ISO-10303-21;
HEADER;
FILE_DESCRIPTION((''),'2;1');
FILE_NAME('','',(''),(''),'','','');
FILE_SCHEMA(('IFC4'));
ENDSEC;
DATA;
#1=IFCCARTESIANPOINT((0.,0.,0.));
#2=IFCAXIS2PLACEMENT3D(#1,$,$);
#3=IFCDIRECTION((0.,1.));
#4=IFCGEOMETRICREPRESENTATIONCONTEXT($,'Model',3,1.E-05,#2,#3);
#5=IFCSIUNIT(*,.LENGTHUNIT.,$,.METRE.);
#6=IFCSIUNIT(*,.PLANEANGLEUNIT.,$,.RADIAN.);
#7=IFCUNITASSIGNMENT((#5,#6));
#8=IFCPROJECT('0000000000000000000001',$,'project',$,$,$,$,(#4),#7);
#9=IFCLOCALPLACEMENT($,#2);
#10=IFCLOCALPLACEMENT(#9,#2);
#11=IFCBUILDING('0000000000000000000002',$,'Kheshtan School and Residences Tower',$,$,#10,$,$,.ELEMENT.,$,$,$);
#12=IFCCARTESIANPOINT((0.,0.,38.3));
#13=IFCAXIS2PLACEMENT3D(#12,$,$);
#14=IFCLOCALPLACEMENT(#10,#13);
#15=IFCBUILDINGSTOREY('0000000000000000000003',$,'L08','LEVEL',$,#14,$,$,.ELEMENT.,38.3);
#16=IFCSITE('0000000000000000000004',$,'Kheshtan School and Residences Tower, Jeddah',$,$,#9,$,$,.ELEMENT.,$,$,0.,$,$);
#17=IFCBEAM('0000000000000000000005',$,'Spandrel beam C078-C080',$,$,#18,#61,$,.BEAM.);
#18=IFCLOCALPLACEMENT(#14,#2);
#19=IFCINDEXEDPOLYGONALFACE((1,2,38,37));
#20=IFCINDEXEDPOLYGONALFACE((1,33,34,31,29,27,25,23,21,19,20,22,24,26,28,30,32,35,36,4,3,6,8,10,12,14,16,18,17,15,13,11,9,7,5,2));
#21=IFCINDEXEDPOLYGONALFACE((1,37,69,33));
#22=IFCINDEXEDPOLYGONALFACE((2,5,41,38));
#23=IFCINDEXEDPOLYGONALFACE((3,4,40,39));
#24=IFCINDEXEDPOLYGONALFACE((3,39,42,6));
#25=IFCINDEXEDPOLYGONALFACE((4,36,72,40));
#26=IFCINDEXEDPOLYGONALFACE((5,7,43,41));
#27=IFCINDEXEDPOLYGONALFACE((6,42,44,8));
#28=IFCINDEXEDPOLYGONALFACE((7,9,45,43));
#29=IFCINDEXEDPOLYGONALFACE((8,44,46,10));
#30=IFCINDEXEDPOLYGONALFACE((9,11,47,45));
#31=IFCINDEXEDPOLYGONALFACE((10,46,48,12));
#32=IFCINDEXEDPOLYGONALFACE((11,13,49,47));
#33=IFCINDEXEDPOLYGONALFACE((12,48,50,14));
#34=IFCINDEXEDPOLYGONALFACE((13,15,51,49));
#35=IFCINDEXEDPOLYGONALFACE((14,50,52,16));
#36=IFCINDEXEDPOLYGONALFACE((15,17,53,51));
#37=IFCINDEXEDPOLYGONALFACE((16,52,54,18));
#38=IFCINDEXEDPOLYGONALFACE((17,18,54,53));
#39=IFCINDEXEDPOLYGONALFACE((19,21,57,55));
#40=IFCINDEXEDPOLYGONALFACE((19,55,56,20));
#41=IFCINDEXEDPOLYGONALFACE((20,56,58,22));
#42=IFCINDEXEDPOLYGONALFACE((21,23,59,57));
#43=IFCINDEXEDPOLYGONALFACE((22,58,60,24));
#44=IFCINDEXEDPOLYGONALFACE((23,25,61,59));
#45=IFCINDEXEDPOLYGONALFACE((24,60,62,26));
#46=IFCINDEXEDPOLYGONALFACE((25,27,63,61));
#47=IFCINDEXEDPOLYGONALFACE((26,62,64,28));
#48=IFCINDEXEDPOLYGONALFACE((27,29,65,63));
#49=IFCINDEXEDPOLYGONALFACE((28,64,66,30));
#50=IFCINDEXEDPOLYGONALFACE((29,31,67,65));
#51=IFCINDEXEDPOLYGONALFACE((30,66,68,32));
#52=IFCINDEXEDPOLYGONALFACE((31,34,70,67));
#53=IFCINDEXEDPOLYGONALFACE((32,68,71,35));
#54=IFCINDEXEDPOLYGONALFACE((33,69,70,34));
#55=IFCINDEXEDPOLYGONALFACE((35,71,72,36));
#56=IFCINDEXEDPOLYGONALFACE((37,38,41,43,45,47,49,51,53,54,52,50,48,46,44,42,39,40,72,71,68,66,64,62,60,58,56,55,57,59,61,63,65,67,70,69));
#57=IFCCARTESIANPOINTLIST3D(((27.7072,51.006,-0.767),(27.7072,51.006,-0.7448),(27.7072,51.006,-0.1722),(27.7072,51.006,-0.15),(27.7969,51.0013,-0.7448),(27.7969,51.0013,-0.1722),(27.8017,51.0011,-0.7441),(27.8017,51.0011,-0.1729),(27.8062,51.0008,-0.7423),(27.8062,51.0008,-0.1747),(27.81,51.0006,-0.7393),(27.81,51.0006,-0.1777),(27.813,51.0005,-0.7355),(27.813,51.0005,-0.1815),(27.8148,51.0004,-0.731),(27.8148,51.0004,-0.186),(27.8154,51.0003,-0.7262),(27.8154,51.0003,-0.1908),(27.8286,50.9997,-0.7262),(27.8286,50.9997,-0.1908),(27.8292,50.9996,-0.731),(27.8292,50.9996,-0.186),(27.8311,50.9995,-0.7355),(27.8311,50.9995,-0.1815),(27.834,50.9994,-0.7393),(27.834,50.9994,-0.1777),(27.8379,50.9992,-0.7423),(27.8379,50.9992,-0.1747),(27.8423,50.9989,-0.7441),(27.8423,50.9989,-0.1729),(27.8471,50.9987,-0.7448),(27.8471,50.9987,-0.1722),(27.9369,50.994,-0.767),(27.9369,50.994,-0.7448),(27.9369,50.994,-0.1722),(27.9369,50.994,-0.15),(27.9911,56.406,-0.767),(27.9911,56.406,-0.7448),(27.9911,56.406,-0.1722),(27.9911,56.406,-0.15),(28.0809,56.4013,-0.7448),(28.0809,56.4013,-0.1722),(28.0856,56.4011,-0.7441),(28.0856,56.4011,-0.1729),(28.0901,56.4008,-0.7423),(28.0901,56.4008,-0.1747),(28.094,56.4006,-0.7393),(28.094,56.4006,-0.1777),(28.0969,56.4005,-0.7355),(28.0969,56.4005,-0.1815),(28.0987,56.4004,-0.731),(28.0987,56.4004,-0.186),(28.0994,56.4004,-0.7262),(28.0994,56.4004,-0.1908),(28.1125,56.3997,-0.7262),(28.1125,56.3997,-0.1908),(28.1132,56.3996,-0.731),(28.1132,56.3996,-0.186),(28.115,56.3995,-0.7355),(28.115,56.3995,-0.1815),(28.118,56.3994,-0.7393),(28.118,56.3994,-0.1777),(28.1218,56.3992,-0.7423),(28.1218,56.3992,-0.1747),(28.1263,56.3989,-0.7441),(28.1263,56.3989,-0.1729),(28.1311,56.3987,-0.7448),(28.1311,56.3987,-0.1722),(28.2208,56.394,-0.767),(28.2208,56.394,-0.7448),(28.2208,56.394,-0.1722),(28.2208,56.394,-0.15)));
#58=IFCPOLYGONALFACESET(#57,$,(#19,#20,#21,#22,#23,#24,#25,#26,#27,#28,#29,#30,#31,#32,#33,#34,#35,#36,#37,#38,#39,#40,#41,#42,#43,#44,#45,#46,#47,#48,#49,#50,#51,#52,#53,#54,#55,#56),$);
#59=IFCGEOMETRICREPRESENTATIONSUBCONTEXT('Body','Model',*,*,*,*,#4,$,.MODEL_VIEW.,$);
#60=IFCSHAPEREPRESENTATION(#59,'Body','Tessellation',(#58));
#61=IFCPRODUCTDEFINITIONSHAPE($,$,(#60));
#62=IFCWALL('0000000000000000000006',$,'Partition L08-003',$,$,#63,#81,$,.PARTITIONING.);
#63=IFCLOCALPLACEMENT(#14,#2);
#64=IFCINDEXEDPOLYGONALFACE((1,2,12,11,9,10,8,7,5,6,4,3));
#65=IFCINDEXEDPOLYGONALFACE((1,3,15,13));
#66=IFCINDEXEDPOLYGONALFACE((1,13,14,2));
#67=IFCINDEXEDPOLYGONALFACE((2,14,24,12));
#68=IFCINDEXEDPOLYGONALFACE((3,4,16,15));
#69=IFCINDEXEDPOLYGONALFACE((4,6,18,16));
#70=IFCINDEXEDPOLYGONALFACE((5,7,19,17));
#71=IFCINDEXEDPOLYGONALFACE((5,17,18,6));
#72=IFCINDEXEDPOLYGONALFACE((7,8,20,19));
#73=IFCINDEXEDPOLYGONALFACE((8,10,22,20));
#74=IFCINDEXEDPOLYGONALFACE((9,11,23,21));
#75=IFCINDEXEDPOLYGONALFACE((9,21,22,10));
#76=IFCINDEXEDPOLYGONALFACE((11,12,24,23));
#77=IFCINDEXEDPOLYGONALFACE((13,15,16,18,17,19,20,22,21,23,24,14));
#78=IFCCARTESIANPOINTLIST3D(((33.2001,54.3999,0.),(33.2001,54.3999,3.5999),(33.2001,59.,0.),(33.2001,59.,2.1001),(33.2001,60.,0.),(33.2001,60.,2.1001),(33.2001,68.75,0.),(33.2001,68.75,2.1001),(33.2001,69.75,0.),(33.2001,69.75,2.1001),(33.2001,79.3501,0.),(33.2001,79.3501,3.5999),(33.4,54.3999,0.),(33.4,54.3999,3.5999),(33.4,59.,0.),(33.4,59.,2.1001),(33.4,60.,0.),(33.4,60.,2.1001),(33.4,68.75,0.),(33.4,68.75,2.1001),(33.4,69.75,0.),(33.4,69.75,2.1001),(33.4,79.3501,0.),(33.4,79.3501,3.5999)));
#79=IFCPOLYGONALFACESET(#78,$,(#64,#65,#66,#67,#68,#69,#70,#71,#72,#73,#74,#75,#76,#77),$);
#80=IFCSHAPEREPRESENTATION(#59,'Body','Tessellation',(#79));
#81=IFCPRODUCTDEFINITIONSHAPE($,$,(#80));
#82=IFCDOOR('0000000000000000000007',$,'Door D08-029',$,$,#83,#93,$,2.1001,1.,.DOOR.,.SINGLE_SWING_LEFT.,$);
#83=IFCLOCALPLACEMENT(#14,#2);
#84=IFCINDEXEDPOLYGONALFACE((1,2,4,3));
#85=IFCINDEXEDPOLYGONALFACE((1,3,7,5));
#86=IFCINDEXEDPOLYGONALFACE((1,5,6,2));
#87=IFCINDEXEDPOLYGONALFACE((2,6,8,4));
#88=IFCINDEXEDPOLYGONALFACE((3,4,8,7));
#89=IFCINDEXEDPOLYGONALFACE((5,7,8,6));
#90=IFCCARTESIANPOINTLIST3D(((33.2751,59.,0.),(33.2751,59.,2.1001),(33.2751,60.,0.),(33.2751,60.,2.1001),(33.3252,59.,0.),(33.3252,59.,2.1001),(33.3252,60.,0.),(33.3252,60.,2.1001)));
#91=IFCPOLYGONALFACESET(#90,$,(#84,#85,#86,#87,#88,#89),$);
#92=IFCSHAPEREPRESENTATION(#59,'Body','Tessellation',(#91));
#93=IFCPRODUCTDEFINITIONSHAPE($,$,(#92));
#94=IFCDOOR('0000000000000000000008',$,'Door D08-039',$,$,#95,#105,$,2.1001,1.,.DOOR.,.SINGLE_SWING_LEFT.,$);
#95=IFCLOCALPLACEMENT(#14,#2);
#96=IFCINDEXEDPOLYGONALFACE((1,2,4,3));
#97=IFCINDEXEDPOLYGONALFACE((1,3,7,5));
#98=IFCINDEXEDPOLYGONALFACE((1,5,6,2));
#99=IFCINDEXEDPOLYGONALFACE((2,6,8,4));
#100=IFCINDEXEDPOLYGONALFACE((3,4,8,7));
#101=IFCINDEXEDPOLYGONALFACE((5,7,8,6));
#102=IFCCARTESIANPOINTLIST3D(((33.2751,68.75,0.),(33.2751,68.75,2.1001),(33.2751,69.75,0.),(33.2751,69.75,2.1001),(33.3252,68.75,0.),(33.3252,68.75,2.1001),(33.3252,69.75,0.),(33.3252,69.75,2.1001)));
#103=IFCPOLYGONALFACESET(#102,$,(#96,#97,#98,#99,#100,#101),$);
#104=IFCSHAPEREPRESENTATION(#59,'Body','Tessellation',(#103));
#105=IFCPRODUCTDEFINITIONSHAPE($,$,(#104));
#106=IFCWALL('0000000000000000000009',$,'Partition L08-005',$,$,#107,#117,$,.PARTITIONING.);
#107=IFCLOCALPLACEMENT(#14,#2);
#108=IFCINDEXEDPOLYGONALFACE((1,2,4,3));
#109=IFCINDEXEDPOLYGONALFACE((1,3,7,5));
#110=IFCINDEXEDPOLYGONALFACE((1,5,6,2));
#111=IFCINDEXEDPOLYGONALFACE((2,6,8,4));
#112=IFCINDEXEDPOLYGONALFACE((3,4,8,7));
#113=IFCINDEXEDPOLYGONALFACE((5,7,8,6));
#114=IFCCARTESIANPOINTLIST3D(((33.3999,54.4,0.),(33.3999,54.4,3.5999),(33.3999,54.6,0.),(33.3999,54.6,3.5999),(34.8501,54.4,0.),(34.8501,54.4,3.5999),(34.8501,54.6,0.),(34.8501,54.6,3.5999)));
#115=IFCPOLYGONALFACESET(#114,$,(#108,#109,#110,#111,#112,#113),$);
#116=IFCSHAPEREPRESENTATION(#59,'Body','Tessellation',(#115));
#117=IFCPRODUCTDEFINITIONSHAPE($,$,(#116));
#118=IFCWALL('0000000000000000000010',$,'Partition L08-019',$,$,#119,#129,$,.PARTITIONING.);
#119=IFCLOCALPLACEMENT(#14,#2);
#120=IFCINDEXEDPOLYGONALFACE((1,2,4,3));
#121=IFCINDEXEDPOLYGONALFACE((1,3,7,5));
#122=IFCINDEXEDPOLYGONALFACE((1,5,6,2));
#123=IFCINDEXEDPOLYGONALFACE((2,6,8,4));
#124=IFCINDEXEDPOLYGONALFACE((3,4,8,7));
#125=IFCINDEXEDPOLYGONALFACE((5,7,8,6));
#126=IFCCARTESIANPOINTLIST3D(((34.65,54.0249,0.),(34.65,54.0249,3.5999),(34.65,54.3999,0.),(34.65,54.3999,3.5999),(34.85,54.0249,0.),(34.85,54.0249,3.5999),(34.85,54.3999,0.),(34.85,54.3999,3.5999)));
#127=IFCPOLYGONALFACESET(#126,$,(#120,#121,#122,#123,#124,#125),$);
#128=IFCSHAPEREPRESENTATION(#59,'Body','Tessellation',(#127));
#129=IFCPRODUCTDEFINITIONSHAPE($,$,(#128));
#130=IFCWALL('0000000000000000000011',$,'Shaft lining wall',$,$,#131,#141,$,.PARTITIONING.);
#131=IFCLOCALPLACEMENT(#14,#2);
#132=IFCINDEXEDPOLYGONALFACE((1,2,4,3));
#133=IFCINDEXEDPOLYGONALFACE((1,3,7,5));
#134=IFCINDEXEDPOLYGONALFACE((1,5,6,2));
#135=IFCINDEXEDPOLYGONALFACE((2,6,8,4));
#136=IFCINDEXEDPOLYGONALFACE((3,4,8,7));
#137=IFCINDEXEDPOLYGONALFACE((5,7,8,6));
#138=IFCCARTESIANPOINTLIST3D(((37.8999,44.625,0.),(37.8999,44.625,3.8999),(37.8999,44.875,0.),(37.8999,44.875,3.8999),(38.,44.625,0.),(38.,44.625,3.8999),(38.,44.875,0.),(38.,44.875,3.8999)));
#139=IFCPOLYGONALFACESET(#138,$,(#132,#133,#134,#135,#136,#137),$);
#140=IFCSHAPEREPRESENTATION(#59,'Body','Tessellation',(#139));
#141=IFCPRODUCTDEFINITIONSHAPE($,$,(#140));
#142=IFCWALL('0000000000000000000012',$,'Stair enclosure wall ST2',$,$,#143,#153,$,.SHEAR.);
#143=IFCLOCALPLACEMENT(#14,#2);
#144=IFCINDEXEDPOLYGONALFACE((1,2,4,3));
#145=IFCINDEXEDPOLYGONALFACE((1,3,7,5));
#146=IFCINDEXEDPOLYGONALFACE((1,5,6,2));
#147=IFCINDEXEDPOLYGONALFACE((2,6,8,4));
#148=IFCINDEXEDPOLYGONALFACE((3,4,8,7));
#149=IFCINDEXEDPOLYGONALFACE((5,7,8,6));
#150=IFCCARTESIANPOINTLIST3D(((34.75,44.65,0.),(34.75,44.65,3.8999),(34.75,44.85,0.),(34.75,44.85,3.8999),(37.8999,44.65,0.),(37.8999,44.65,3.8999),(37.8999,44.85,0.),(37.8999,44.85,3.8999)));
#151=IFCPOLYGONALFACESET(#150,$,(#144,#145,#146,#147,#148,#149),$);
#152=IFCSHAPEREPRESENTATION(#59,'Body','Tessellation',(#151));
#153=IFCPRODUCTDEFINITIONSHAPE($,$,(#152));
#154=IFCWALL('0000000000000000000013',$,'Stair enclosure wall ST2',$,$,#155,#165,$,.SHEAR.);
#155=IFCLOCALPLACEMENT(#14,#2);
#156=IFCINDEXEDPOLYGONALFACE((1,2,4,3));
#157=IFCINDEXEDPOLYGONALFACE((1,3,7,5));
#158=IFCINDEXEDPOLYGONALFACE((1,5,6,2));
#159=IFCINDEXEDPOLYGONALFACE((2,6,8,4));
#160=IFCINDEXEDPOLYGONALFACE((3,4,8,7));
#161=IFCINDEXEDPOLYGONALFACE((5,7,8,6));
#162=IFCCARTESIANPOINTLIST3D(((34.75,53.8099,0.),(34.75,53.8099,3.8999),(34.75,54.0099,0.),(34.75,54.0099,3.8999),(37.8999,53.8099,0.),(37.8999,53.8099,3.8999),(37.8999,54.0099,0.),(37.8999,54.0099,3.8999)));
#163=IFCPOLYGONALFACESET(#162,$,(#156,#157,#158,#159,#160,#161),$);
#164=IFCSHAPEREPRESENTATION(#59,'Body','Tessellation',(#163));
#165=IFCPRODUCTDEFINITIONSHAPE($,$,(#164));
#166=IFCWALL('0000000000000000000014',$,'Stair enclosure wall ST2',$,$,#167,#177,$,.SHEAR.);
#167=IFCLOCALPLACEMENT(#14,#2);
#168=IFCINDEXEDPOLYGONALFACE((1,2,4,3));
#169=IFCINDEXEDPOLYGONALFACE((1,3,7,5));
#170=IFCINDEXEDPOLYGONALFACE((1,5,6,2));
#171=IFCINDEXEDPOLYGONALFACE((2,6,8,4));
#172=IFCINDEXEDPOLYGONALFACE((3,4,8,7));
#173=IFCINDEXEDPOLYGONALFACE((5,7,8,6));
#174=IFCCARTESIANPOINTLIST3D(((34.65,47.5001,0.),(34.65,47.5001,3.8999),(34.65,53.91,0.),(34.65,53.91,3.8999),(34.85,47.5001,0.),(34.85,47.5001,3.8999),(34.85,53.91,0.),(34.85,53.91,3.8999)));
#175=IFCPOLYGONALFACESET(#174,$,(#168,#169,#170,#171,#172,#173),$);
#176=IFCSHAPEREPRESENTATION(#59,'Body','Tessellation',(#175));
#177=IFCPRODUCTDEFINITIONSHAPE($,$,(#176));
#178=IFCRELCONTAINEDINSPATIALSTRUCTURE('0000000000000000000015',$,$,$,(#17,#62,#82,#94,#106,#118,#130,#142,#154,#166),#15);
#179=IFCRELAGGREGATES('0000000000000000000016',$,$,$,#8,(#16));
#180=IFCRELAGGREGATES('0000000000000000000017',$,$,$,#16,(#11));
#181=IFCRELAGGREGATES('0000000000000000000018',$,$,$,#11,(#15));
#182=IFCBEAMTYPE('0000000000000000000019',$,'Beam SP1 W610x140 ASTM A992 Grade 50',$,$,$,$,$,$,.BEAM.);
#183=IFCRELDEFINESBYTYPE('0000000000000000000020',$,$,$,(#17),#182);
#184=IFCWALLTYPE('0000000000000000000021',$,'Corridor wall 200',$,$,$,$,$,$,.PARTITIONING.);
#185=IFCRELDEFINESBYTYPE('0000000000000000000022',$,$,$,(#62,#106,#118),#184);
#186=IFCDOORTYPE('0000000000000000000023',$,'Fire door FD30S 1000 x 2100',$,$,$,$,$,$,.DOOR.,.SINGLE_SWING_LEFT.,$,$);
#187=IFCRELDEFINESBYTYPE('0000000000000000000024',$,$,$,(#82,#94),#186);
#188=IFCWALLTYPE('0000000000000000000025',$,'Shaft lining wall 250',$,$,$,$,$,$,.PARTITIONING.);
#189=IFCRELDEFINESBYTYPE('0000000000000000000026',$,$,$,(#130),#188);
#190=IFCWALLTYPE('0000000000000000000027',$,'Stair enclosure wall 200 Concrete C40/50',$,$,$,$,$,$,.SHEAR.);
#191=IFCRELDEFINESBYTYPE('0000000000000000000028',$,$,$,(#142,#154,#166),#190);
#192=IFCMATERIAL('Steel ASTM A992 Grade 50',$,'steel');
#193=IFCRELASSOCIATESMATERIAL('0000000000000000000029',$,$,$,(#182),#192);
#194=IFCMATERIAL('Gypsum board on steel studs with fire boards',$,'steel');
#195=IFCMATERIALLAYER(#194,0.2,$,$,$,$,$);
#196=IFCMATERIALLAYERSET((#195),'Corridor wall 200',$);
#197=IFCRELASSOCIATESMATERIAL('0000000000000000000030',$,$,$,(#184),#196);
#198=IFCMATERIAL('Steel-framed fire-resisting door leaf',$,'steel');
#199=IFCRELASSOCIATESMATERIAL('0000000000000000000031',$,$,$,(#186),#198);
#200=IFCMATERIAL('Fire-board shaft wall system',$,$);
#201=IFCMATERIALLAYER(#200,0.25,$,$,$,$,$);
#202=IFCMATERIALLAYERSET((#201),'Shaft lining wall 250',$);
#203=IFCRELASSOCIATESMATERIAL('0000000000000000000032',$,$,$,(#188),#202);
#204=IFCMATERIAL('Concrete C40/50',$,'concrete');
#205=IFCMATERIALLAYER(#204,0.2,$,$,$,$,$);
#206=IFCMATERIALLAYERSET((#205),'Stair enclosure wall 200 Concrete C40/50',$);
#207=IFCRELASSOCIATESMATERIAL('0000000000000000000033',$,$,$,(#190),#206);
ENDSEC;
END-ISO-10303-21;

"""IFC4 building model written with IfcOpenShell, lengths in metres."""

from ifc_helpers import new_model, si_unit, direction, frame, frame_2d, origin, origin_2d, place, context, subcontext, project, spatial, rectangle, i_section, extrude, source, transform, mapped, material, layer, layer_set, material_profile, profile_set, type_object, element, fill, save


model = new_model("IFC4")

# Units and contexts
model_context = context("Model", 3, precision=1e-05, world=origin(), true_north=direction((0.0, 1.0)))
body_context = subcontext(model_context, "Body", "Model", "MODEL_VIEW")
ifc_project = project(units=[si_unit("LENGTHUNIT", "METRE"), si_unit("PLANEANGLEUNIT", "RADIAN")], contexts=[model_context])

# Site, building, storey
site_placement = place(None, origin())
site = spatial("IfcSite", under=ifc_project, at=site_placement, Name="Kheshtan School and Residences Tower, Jeddah", CompositionType="ELEMENT", RefElevation=0.0)
building_placement = place(site_placement, origin())
building = spatial("IfcBuilding", under=site, at=building_placement, Name="Kheshtan School and Residences Tower", CompositionType="ELEMENT")
storey_placement = place(building_placement, frame((0.0, 0.0, 38.3)))
storey = spatial("IfcBuildingStorey", under=building, at=storey_placement, Name="L08", Description="LEVEL", CompositionType="ELEMENT", Elevation=38.3)

# Shared definitions
ifc_material_1 = material(Name="Steel ASTM A992 Grade 50", Category="steel")

# Beam
ifc_material_profile_1 = material_profile(ifc_material_1, i_section(OverallWidth=0.23, OverallDepth=0.6169, WebThickness=0.0132, FlangeThickness=0.0222, FilletRadius=0.0186, at=origin_2d()), Name="W610x140")
ifc_profile_set_1 = profile_set([ifc_material_profile_1], Name="Steel ASTM A992 Grade 50")
beam_type_1 = type_object("IfcBeamType", Name="Beam SP1 W610x140 ASTM A992 Grade 50", PredefinedType="BEAM", material=ifc_profile_set_1)
for number, where, z_axis, x_axis, name in (
    (1, (27.822, 51.0, -0.4585), (0.052509, 0.99862, 0.0), (-0.99862, 0.052509, 0.0), "Spandrel beam C078-C080"),
):
    element("IfcBeam", number, at=place(storey_placement, frame(where, z_axis=z_axis, x_axis=x_axis)), inside=storey, type_object=beam_type_1, Name=name, PredefinedType="BEAM", context=body_context, shape_type="SweptSolid", body=[
        extrude(i_section(OverallWidth=0.23, OverallDepth=0.6169, WebThickness=0.0132, FlangeThickness=0.0222, FilletRadius=0.0186, at=origin_2d()), origin(), (0.0, 0.0, 1.0), 5.4075),
    ])

# Wall, openings, doors
ifc_material_2 = material(Name="Gypsum board on steel studs with fire boards", Category="steel")
ifc_layer_1 = layer(ifc_material_2, 0.2)
ifc_layer_set_1 = layer_set([ifc_layer_1], Name="Corridor wall 200")
wall_type_1 = type_object("IfcWallType", Name="Corridor wall 200", PredefinedType="PARTITIONING", material=ifc_layer_set_1)
wall_1_placement = place(storey_placement, frame((33.3, 54.3999, 0.0), z_axis=(0.0, 0.0, 1.0), x_axis=(0.0, 1.0, 0.0)))
wall_1 = element("IfcWall", 2, at=wall_1_placement, inside=storey, type_object=wall_type_1, Name="Partition L08-003", PredefinedType="PARTITIONING", context=body_context, shape_type="SweptSolid", body=[
    extrude(rectangle(XDim=24.9502, YDim=0.2, at=frame_2d((12.4751, 0.0))), origin(), (0.0, 0.0, 1.0), 3.5999),
])
opening_1_placement = place(wall_1_placement, frame((4.6001, 0.0, 0.0)))
opening_1 = element("IfcOpeningElement", 3, at=opening_1_placement, cuts=wall_1, PredefinedType="OPENING", context=body_context, shape_type="SweptSolid", body=[
    extrude(rectangle(XDim=1.0, YDim=2.1001, at=frame_2d((0.5, 1.05))), frame((0.0, 0.1099, 0.0), z_axis=(0.0, -1.0, 0.0), x_axis=(1.0, 0.0, 0.0)), (0.0, 0.0, 1.0), 0.22),
])
opening_2_placement = place(wall_1_placement, frame((14.3501, 0.0, 0.0)))
opening_2 = element("IfcOpeningElement", 4, at=opening_2_placement, cuts=wall_1, PredefinedType="OPENING", context=body_context, shape_type="SweptSolid", body=[
    extrude(rectangle(XDim=1.0, YDim=2.1001, at=frame_2d((0.5, 1.05))), frame((0.0, 0.1099, 0.0), z_axis=(0.0, -1.0, 0.0), x_axis=(1.0, 0.0, 0.0)), (0.0, 0.0, 1.0), 0.22),
])
ifc_material_3 = material(Name="Steel-framed fire-resisting door leaf", Category="steel")
door_type_1 = type_object("IfcDoorType", Name="Fire door FD30S 1000 x 2100", OperationType="SINGLE_SWING_LEFT", PredefinedType="DOOR", material=ifc_material_3)
shared_shape_1 = source(origin(), body_context, "Body", "SweptSolid", [
    extrude(rectangle(XDim=1.0, YDim=2.1001, at=frame_2d((0.5, 1.05))), frame((0.0, 0.0249, 0.0), z_axis=(0.0, -1.0, 0.0), x_axis=(1.0, 0.0, 0.0)), (0.0, 0.0, 1.0), 0.05),
])
door_1_placement = place(opening_1_placement, origin())
door_1 = element("IfcDoor", 5, at=door_1_placement, inside=storey, type_object=door_type_1, Name="Door D08-029", OperationType="SINGLE_SWING_LEFT", OverallHeight=2.1001, OverallWidth=1.0, PredefinedType="DOOR", context=body_context, shape_type="MappedRepresentation", body=[
    mapped(shared_shape_1, transform((0.0, 0.0, 0.0), x_axis=(1.0, 0.0, 0.0), y_axis=(0.0, 1.0, 0.0), z_axis=(0.0, 0.0, 1.0), scale=1.0)),
])
fill(opening_1, door_1)
door_2_placement = place(opening_2_placement, origin())
door_2 = element("IfcDoor", 6, at=door_2_placement, inside=storey, type_object=door_type_1, Name="Door D08-039", OperationType="SINGLE_SWING_LEFT", OverallHeight=2.1001, OverallWidth=1.0, PredefinedType="DOOR", context=body_context, shape_type="MappedRepresentation", body=[
    mapped(shared_shape_1, transform((0.0, 0.0, 0.0), x_axis=(1.0, 0.0, 0.0), y_axis=(0.0, 1.0, 0.0), z_axis=(0.0, 0.0, 1.0), scale=1.0)),
])
fill(opening_2, door_2)

# Walls
wall_2_placement = place(storey_placement, frame((33.3999, 54.5, 0.0), z_axis=(0.0, 0.0, 1.0), x_axis=(1.0, 0.0, 0.0)))
element("IfcWall", 7, at=wall_2_placement, inside=storey, type_object=wall_type_1, Name="Partition L08-005", PredefinedType="PARTITIONING", context=body_context, shape_type="SweptSolid", body=[
    extrude(rectangle(XDim=1.4502, YDim=0.2, at=frame_2d((0.7251, 0.0))), origin(), (0.0, 0.0, 1.0), 3.5999),
])
wall_3_placement = place(storey_placement, frame((34.75, 54.0249, 0.0), z_axis=(0.0, 0.0, 1.0), x_axis=(0.0, 1.0, 0.0)))
element("IfcWall", 8, at=wall_3_placement, inside=storey, type_object=wall_type_1, Name="Partition L08-019", PredefinedType="PARTITIONING", context=body_context, shape_type="SweptSolid", body=[
    extrude(rectangle(XDim=0.375, YDim=0.2, at=frame_2d((0.1875, 0.0))), origin(), (0.0, 0.0, 1.0), 3.5999),
])
ifc_material_4 = material(Name="Fire-board shaft wall system")
ifc_layer_2 = layer(ifc_material_4, 0.25)
ifc_layer_set_2 = layer_set([ifc_layer_2], Name="Shaft lining wall 250")
wall_type_2 = type_object("IfcWallType", Name="Shaft lining wall 250", PredefinedType="PARTITIONING", material=ifc_layer_set_2)
wall_4_placement = place(storey_placement, frame((37.8999, 44.75, 0.0), z_axis=(0.0, 0.0, 1.0), x_axis=(1.0, 0.0, 0.0)))
element("IfcWall", 9, at=wall_4_placement, inside=storey, type_object=wall_type_2, Name="Shaft lining wall", PredefinedType="PARTITIONING", context=body_context, shape_type="SweptSolid", body=[
    extrude(rectangle(XDim=0.1001, YDim=0.25, at=frame_2d((0.05, 0.0))), origin(), (0.0, 0.0, 1.0), 3.8999),
])
ifc_material_5 = material(Name="Concrete C40/50", Category="concrete")
ifc_layer_3 = layer(ifc_material_5, 0.2)
ifc_layer_set_3 = layer_set([ifc_layer_3], Name="Stair enclosure wall 200 Concrete C40/50")
wall_type_3 = type_object("IfcWallType", Name="Stair enclosure wall 200 Concrete C40/50", PredefinedType="SHEAR", material=ifc_layer_set_3)
for number, where, z_axis, x_axis, name in (
    (10, (34.75, 44.75, 0.0), (0.0, 0.0, 1.0), (1.0, 0.0, 0.0), "Stair enclosure wall ST2"),
    (11, (34.75, 53.9099, 0.0), (0.0, 0.0, 1.0), (1.0, 0.0, 0.0), "Stair enclosure wall ST2"),
):
    element("IfcWall", number, at=place(storey_placement, frame(where, z_axis=z_axis, x_axis=x_axis)), inside=storey, type_object=wall_type_3, Name=name, PredefinedType="SHEAR", context=body_context, shape_type="SweptSolid", body=[
        extrude(rectangle(XDim=3.1499, YDim=0.2, at=frame_2d((1.575, 0.0))), origin(), (0.0, 0.0, 1.0), 3.8999),
    ])
wall_5_placement = place(storey_placement, frame((34.75, 47.5, 0.0), z_axis=(0.0, 0.0, 1.0), x_axis=(0.0, 1.0, 0.0)))
element("IfcWall", 12, at=wall_5_placement, inside=storey, type_object=wall_type_3, Name="Stair enclosure wall ST2", PredefinedType="SHEAR", context=body_context, shape_type="SweptSolid", body=[
    extrude(rectangle(XDim=6.4099, YDim=0.2, at=frame_2d((3.2051, 0.0))), origin(), (0.0, 0.0, 1.0), 3.8999),
])

save(model, "model.ifc")
